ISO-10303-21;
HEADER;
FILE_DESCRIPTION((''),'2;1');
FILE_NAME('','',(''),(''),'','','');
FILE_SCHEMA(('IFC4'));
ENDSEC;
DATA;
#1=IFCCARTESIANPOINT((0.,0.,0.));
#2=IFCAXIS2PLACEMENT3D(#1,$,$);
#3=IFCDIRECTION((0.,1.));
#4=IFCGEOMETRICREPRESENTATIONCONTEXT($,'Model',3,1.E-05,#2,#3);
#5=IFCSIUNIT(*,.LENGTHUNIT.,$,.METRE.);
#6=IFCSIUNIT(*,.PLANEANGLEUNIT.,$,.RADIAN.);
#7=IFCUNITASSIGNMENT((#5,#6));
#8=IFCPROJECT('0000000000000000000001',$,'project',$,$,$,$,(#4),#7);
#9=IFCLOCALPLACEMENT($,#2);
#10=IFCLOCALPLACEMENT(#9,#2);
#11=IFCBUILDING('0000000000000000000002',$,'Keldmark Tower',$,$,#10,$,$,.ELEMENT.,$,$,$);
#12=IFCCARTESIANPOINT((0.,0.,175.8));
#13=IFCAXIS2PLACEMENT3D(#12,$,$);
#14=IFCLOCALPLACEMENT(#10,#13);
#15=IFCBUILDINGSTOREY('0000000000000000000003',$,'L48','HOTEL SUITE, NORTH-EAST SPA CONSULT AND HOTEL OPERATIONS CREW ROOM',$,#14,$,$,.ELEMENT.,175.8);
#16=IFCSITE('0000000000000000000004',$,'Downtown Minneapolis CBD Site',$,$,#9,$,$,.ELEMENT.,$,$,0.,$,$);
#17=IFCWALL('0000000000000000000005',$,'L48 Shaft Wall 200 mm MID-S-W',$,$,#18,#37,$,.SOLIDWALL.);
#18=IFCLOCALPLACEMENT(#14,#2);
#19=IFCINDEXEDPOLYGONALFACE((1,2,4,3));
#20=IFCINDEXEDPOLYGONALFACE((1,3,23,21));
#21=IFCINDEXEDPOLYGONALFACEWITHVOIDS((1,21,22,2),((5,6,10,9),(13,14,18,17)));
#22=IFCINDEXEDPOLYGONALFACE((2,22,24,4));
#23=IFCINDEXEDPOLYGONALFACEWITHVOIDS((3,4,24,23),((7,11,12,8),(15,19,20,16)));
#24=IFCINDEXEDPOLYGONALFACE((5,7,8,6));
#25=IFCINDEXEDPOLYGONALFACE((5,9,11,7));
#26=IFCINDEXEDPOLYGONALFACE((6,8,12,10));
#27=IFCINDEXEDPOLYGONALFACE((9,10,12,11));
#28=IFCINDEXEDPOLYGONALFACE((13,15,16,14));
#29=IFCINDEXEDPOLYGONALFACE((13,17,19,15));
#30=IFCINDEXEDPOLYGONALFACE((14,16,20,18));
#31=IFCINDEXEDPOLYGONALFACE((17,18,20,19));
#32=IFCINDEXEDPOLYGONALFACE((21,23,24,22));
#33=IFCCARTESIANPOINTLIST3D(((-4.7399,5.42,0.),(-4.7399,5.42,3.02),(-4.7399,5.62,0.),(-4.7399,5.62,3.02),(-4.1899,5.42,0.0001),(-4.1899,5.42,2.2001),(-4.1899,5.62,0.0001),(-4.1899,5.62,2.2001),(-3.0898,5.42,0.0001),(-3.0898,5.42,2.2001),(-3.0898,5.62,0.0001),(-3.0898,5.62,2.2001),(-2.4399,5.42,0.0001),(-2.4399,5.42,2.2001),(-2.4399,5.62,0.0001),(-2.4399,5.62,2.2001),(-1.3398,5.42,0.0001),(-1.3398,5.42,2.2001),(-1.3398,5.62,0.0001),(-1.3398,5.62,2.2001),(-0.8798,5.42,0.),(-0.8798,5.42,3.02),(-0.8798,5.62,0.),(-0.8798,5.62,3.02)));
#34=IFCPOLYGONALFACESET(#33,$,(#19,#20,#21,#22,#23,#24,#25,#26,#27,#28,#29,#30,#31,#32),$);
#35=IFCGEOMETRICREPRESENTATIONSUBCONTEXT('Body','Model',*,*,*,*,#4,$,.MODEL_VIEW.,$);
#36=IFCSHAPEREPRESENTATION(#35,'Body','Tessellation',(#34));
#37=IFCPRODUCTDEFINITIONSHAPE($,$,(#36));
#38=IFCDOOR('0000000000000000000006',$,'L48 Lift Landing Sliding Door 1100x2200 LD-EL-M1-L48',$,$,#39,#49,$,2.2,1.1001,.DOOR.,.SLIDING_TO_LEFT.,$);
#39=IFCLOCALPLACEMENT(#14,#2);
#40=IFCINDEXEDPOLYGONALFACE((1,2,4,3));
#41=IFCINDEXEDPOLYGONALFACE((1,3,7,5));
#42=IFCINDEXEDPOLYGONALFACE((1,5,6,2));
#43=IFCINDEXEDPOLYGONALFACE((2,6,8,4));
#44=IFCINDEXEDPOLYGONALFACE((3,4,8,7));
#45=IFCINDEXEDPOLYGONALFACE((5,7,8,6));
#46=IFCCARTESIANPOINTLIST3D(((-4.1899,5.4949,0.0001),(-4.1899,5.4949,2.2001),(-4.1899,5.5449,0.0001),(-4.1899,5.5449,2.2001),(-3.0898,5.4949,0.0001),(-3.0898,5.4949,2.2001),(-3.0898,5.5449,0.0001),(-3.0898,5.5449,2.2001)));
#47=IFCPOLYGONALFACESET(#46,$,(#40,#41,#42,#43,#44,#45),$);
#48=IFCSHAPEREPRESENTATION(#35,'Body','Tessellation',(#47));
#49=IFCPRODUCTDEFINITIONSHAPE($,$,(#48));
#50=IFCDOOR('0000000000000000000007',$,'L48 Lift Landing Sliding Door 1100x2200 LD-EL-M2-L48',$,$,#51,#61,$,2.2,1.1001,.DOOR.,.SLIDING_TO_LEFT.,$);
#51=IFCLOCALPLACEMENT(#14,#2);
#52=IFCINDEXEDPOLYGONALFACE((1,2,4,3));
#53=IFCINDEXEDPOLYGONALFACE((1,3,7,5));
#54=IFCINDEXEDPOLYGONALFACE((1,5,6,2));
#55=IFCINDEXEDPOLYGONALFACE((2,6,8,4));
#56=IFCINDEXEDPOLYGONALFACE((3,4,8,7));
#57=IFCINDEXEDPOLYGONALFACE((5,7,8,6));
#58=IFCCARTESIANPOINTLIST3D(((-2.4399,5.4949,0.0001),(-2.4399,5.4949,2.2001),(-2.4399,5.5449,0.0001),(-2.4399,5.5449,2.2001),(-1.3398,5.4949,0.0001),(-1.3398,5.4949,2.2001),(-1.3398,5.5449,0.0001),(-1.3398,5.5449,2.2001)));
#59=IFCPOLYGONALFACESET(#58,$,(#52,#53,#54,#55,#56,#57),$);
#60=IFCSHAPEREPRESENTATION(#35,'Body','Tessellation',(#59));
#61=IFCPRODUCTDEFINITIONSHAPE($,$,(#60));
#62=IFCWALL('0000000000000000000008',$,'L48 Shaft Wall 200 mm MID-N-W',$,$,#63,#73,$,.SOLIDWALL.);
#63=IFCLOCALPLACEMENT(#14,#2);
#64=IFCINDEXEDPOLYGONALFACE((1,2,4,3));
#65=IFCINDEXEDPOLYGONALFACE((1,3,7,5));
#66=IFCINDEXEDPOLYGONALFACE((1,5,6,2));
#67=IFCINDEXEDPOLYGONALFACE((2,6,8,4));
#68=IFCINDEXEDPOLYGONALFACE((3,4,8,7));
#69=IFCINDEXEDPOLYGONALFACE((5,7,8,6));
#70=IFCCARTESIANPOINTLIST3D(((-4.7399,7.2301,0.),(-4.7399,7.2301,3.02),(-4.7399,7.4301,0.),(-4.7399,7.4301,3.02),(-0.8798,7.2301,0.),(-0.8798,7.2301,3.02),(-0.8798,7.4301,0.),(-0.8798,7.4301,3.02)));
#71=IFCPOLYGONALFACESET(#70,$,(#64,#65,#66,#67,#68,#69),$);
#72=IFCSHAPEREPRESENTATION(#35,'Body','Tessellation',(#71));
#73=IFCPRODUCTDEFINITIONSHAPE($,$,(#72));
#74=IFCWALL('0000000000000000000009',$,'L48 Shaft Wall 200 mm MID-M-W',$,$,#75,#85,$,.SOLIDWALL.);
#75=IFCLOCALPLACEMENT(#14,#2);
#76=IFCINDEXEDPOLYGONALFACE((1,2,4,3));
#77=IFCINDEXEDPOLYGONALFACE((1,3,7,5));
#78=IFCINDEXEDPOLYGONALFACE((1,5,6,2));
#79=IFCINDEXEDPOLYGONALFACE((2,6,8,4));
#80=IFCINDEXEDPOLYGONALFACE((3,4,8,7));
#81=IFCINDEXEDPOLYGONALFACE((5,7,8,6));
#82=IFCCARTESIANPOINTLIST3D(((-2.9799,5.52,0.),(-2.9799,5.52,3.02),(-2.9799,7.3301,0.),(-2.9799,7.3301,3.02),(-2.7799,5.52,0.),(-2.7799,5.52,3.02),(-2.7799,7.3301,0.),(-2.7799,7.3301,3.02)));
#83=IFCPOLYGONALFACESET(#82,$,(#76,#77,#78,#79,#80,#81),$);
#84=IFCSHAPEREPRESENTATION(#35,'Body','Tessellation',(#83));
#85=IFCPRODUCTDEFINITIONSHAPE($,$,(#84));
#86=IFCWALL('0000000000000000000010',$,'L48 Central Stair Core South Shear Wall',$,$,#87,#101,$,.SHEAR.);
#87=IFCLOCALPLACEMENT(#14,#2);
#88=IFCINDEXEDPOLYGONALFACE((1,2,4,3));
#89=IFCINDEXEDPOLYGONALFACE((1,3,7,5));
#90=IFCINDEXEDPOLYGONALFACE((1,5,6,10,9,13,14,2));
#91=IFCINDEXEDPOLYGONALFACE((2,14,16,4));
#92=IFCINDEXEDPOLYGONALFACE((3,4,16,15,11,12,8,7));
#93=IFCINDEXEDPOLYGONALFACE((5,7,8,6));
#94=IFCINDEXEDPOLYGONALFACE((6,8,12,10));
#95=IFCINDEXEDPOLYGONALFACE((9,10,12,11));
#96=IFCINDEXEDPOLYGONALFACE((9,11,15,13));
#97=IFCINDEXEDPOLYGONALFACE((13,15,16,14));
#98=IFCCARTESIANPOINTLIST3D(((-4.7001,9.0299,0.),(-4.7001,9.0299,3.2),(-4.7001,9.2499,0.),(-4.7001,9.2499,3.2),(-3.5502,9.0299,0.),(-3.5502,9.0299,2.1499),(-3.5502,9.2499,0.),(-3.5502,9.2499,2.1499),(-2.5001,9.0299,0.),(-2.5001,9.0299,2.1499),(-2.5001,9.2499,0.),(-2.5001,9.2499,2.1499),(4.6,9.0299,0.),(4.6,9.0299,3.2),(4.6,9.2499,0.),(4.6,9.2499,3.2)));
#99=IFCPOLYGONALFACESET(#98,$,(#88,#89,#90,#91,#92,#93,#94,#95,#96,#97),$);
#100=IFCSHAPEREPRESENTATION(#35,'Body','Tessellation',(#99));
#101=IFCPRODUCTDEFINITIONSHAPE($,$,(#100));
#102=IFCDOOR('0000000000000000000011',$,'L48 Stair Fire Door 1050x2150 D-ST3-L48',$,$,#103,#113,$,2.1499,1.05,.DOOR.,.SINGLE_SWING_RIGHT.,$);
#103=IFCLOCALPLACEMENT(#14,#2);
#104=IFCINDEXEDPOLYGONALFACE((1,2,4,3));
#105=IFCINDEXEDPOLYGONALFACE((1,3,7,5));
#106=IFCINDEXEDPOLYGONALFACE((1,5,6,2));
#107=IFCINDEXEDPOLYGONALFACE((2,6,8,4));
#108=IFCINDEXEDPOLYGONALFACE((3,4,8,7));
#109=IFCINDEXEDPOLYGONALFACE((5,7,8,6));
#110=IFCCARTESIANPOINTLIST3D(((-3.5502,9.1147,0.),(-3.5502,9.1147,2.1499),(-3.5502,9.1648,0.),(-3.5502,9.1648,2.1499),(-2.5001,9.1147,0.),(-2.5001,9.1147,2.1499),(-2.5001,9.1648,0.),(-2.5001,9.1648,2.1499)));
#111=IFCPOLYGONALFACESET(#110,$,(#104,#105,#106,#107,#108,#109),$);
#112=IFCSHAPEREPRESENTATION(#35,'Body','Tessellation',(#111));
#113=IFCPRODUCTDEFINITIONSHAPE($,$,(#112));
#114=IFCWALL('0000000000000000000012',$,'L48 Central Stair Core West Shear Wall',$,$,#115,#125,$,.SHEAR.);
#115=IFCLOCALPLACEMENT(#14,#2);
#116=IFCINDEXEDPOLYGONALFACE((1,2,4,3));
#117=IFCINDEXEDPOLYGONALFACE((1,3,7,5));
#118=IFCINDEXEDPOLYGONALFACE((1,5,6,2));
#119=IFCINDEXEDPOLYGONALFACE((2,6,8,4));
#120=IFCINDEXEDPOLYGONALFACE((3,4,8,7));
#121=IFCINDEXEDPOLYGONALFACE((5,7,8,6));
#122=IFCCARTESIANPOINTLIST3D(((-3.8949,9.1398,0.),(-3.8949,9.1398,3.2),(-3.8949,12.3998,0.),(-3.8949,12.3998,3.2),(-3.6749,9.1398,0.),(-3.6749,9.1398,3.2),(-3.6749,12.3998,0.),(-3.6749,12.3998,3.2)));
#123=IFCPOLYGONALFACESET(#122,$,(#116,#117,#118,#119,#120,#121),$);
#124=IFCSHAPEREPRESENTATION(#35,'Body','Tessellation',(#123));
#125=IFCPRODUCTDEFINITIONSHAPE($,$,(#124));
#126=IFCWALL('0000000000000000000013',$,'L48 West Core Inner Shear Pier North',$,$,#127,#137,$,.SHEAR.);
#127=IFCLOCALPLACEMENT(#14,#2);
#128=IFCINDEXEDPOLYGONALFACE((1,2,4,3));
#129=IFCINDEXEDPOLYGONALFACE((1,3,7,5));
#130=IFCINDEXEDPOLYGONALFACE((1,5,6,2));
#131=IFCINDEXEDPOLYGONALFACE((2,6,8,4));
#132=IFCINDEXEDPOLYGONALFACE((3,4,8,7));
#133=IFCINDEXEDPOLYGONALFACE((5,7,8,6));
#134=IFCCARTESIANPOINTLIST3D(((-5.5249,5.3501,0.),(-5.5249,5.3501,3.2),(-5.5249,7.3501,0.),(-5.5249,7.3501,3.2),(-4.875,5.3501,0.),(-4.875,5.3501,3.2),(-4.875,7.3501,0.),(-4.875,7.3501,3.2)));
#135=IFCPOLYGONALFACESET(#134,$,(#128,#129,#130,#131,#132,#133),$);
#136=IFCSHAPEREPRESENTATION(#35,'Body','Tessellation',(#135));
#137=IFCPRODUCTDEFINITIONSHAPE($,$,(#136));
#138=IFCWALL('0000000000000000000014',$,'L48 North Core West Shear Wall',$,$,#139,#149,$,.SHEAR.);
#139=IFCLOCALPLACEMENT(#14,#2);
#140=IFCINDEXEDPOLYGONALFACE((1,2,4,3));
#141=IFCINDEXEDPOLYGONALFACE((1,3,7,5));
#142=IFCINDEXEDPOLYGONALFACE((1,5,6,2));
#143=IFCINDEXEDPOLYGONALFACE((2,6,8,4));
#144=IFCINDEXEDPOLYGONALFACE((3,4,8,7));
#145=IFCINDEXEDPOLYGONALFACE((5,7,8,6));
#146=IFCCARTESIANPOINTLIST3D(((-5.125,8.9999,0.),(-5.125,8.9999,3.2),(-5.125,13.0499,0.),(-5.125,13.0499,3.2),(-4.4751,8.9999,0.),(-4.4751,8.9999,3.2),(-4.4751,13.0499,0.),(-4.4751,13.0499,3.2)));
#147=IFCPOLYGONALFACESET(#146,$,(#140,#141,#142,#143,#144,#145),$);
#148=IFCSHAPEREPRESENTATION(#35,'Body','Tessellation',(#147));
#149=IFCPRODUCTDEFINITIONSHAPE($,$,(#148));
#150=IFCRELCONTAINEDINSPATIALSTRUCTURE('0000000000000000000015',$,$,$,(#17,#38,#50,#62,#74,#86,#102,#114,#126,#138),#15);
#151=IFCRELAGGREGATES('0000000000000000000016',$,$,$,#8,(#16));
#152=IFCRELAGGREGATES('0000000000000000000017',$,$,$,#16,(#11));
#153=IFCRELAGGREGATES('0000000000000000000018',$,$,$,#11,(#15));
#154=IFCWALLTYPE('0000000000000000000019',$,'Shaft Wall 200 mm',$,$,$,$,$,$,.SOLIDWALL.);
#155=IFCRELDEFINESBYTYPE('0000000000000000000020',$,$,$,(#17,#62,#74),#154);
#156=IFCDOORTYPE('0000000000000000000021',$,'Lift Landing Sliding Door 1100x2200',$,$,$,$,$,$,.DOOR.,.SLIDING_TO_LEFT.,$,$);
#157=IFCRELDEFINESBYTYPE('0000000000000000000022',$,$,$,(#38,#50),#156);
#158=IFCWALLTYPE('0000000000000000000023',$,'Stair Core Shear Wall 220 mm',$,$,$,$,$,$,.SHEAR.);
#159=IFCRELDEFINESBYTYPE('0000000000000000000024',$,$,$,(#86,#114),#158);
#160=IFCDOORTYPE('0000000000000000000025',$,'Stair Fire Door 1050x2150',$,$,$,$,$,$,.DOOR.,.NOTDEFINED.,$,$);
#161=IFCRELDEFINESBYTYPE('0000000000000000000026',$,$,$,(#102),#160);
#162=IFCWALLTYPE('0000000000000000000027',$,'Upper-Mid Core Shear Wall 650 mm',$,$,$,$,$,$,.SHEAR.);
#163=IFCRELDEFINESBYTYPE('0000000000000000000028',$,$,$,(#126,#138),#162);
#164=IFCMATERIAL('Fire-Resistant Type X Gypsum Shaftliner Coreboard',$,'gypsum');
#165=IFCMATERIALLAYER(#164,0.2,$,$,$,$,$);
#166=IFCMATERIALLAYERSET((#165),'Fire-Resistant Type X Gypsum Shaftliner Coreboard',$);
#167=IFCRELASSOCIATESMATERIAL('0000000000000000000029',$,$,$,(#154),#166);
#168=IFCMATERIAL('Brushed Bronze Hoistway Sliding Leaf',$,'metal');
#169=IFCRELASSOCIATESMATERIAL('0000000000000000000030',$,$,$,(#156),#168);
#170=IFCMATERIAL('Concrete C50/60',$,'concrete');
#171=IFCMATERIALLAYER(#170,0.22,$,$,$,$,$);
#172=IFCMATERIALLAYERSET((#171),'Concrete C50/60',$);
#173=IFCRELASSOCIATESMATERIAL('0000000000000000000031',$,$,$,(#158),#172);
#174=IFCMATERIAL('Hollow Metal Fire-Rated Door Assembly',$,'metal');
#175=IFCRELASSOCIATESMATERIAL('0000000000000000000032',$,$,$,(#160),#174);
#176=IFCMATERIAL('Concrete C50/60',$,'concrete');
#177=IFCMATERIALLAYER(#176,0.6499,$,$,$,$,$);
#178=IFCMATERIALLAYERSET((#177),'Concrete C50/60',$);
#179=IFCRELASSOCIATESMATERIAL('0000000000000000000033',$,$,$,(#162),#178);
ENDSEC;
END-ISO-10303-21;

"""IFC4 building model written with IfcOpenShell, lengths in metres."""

from ifc_helpers import new_model, si_unit, direction, frame, frame_2d, origin, place, context, subcontext, project, spatial, rectangle, extrude, material, layer, layer_set, type_object, element, fill, save


model = new_model("IFC4")

# Units and contexts
model_context = context("Model", 3, precision=1e-05, world=origin(), true_north=direction((0.0, 1.0)))
body_context = subcontext(model_context, "Body", "Model", "MODEL_VIEW")
ifc_project = project(units=[si_unit("LENGTHUNIT", "METRE"), si_unit("PLANEANGLEUNIT", "RADIAN")], contexts=[model_context])

# Site, building, storey
site_placement = place(None, origin())
site = spatial("IfcSite", under=ifc_project, at=site_placement, Name="Downtown Minneapolis CBD Site", CompositionType="ELEMENT", RefElevation=0.0)
building_placement = place(site_placement, origin())
building = spatial("IfcBuilding", under=site, at=building_placement, Name="Keldmark Tower", CompositionType="ELEMENT")
storey_placement = place(building_placement, frame((0.0, 0.0, 175.8)))
storey = spatial("IfcBuildingStorey", under=building, at=storey_placement, Name="L48", Description="HOTEL SUITE, NORTH-EAST SPA CONSULT AND HOTEL OPERATIONS CREW ROOM", CompositionType="ELEMENT", Elevation=175.8)

# Wall, openings, doors
ifc_material_1 = material(Name="Fire-Resistant Type X Gypsum Shaftliner Coreboard", Category="gypsum")
ifc_layer_1 = layer(ifc_material_1, 0.2)
ifc_layer_set_1 = layer_set([ifc_layer_1], Name="Fire-Resistant Type X Gypsum Shaftliner Coreboard")
wall_type_1 = type_object("IfcWallType", Name="Shaft Wall 200 mm", PredefinedType="SOLIDWALL", material=ifc_layer_set_1)
wall_1_placement = place(storey_placement, frame((-4.74, 5.52, 0.0), z_axis=(0.0, 0.0, 1.0), x_axis=(1.0, 0.0, 0.0)))
wall_1 = element("IfcWall", 1, at=wall_1_placement, inside=storey, type_object=wall_type_1, Name="L48 Shaft Wall 200 mm MID-S-W", PredefinedType="SOLIDWALL", context=body_context, shape_type="SweptSolid", body=[
    extrude(rectangle(XDim=3.8601, YDim=0.2, at=frame_2d((1.9302, 0.0))), origin(), (0.0, 0.0, 1.0), 3.02),
])
opening_1_placement = place(wall_1_placement, frame((0.55, 0.0, 0.0)))
opening_1 = element("IfcOpeningElement", 2, at=opening_1_placement, cuts=wall_1, PredefinedType="OPENING", context=body_context, shape_type="SweptSolid", body=[
    extrude(rectangle(XDim=1.1001, YDim=2.2, at=frame_2d((0.55, 1.1001))), frame((0.0, 0.1099, 0.0), z_axis=(0.0, -1.0, 0.0), x_axis=(1.0, 0.0, 0.0)), (0.0, 0.0, 1.0), 0.22),
])
opening_2_placement = place(wall_1_placement, frame((2.3, 0.0, 0.0)))
opening_2 = element("IfcOpeningElement", 3, at=opening_2_placement, cuts=wall_1, PredefinedType="OPENING", context=body_context, shape_type="SweptSolid", body=[
    extrude(rectangle(XDim=1.1001, YDim=2.2, at=frame_2d((0.55, 1.1001))), frame((0.0, 0.1099, 0.0), z_axis=(0.0, -1.0, 0.0), x_axis=(1.0, 0.0, 0.0)), (0.0, 0.0, 1.0), 0.22),
])
ifc_material_2 = material(Name="Brushed Bronze Hoistway Sliding Leaf", Category="metal")
door_type_1 = type_object("IfcDoorType", Name="Lift Landing Sliding Door 1100x2200", OperationType="SLIDING_TO_LEFT", PredefinedType="DOOR", material=ifc_material_2)
door_1_placement = place(opening_1_placement, origin())
door_1 = element("IfcDoor", 4, at=door_1_placement, inside=storey, type_object=door_type_1, Name="L48 Lift Landing Sliding Door 1100x2200 LD-EL-M1-L48", OperationType="SLIDING_TO_LEFT", OverallHeight=2.2, OverallWidth=1.1001, PredefinedType="DOOR", context=body_context, shape_type="SweptSolid", body=[
    extrude(rectangle(XDim=1.1001, YDim=2.2, at=frame_2d((0.55, 1.1001))), frame((0.0, 0.0249, 0.0), z_axis=(0.0, -1.0, 0.0), x_axis=(1.0, 0.0, 0.0)), (0.0, 0.0, 1.0), 0.05),
])
fill(opening_1, door_1)
door_2_placement = place(opening_2_placement, origin())
door_2 = element("IfcDoor", 5, at=door_2_placement, inside=storey, type_object=door_type_1, Name="L48 Lift Landing Sliding Door 1100x2200 LD-EL-M2-L48", OperationType="SLIDING_TO_LEFT", OverallHeight=2.2, OverallWidth=1.1001, PredefinedType="DOOR", context=body_context, shape_type="SweptSolid", body=[
    extrude(rectangle(XDim=1.1001, YDim=2.2, at=frame_2d((0.55, 1.1001))), frame((0.0, 0.0249, 0.0), z_axis=(0.0, -1.0, 0.0), x_axis=(1.0, 0.0, 0.0)), (0.0, 0.0, 1.0), 0.05),
])
fill(opening_2, door_2)

# Walls
wall_2_placement = place(storey_placement, frame((-4.74, 7.3301, 0.0), z_axis=(0.0, 0.0, 1.0), x_axis=(1.0, 0.0, 0.0)))
element("IfcWall", 6, at=wall_2_placement, inside=storey, type_object=wall_type_1, Name="L48 Shaft Wall 200 mm MID-N-W", PredefinedType="SOLIDWALL", context=body_context, shape_type="SweptSolid", body=[
    extrude(rectangle(XDim=3.8601, YDim=0.2, at=frame_2d((1.9302, 0.0))), origin(), (0.0, 0.0, 1.0), 3.02),
])
wall_3_placement = place(storey_placement, frame((-2.8799, 5.52, 0.0), z_axis=(0.0, 0.0, 1.0), x_axis=(0.0, 1.0, 0.0)))
element("IfcWall", 7, at=wall_3_placement, inside=storey, type_object=wall_type_1, Name="L48 Shaft Wall 200 mm MID-M-W", PredefinedType="SOLIDWALL", context=body_context, shape_type="SweptSolid", body=[
    extrude(rectangle(XDim=1.8101, YDim=0.2, at=frame_2d((0.905, 0.0))), origin(), (0.0, 0.0, 1.0), 3.02),
])

# Wall, opening, door
ifc_material_3 = material(Name="Concrete C50/60", Category="concrete")
ifc_layer_2 = layer(ifc_material_3, 0.22)
ifc_layer_set_2 = layer_set([ifc_layer_2], Name="Concrete C50/60")
wall_type_2 = type_object("IfcWallType", Name="Stair Core Shear Wall 220 mm", PredefinedType="SHEAR", material=ifc_layer_set_2)
wall_4_placement = place(storey_placement, frame((-4.7, 9.1399, 0.0), z_axis=(0.0, 0.0, 1.0), x_axis=(1.0, 0.0, 0.0)))
wall_4 = element("IfcWall", 8, at=wall_4_placement, inside=storey, type_object=wall_type_2, Name="L48 Central Stair Core South Shear Wall", PredefinedType="SHEAR", context=body_context, shape_type="SweptSolid", body=[
    extrude(rectangle(XDim=9.3, YDim=0.22, at=frame_2d((4.6499, 0.0))), origin(), (0.0, 0.0, 1.0), 3.2),
])
opening_3_placement = place(wall_4_placement, frame((1.1499, 0.0, 0.0)))
opening_3 = element("IfcOpeningElement", 9, at=opening_3_placement, cuts=wall_4, PredefinedType="OPENING", context=body_context, shape_type="SweptSolid", body=[
    extrude(rectangle(XDim=1.05, YDim=2.1499, at=frame_2d((0.5249, 1.075))), frame((0.0, 0.1199, 0.0), z_axis=(0.0, -1.0, 0.0), x_axis=(1.0, 0.0, 0.0)), (0.0, 0.0, 1.0), 0.24),
])
ifc_material_4 = material(Name="Hollow Metal Fire-Rated Door Assembly", Category="metal")
door_type_2 = type_object("IfcDoorType", Name="Stair Fire Door 1050x2150", OperationType="NOTDEFINED", PredefinedType="DOOR", material=ifc_material_4)
door_3_placement = place(opening_3_placement, origin())
door_3 = element("IfcDoor", 10, at=door_3_placement, inside=storey, type_object=door_type_2, Name="L48 Stair Fire Door 1050x2150 D-ST3-L48", OperationType="SINGLE_SWING_RIGHT", OverallHeight=2.1499, OverallWidth=1.05, PredefinedType="DOOR", context=body_context, shape_type="SweptSolid", body=[
    extrude(rectangle(XDim=1.05, YDim=2.1499, at=frame_2d((0.5249, 1.075))), frame((0.0, 0.0249, 0.0), z_axis=(0.0, -1.0, 0.0), x_axis=(1.0, 0.0, 0.0)), (0.0, 0.0, 1.0), 0.05),
])
fill(opening_3, door_3)

# Wall
wall_5_placement = place(storey_placement, frame((-3.7849, 9.1399, 0.0), z_axis=(0.0, 0.0, 1.0), x_axis=(0.0, 1.0, 0.0)))
element("IfcWall", 11, at=wall_5_placement, inside=storey, type_object=wall_type_2, Name="L48 Central Stair Core West Shear Wall", PredefinedType="SHEAR", context=body_context, shape_type="SweptSolid", body=[
    extrude(rectangle(XDim=3.26, YDim=0.22, at=frame_2d((1.6299, 0.0))), origin(), (0.0, 0.0, 1.0), 3.2),
])

# Shared definitions
ifc_material_5 = material(Name="Concrete C50/60", Category="concrete")
ifc_layer_3 = layer(ifc_material_5, 0.6499)
ifc_layer_set_3 = layer_set([ifc_layer_3], Name="Concrete C50/60")
wall_type_3 = type_object("IfcWallType", Name="Upper-Mid Core Shear Wall 650 mm", PredefinedType="SHEAR", material=ifc_layer_set_3)

# Walls
wall_6_placement = place(storey_placement, frame((-5.2, 5.3501, 0.0), z_axis=(0.0, 0.0, 1.0), x_axis=(0.0, 1.0, 0.0)))
element("IfcWall", 12, at=wall_6_placement, inside=storey, type_object=wall_type_3, Name="L48 West Core Inner Shear Pier North", PredefinedType="SHEAR", context=body_context, shape_type="SweptSolid", body=[
    extrude(rectangle(XDim=2.0, YDim=0.6499, at=frame_2d((1.0, 0.0))), origin(), (0.0, 0.0, 1.0), 3.2),
])
wall_7_placement = place(storey_placement, frame((-4.8, 9.0, 0.0), z_axis=(0.0, 0.0, 1.0), x_axis=(0.0, 1.0, 0.0)))
element("IfcWall", 13, at=wall_7_placement, inside=storey, type_object=wall_type_3, Name="L48 North Core West Shear Wall", PredefinedType="SHEAR", context=body_context, shape_type="SweptSolid", body=[
    extrude(rectangle(XDim=4.05, YDim=0.6499, at=frame_2d((2.0249, 0.0))), origin(), (0.0, 0.0, 1.0), 3.2),
])

save(model, "model.ifc")
